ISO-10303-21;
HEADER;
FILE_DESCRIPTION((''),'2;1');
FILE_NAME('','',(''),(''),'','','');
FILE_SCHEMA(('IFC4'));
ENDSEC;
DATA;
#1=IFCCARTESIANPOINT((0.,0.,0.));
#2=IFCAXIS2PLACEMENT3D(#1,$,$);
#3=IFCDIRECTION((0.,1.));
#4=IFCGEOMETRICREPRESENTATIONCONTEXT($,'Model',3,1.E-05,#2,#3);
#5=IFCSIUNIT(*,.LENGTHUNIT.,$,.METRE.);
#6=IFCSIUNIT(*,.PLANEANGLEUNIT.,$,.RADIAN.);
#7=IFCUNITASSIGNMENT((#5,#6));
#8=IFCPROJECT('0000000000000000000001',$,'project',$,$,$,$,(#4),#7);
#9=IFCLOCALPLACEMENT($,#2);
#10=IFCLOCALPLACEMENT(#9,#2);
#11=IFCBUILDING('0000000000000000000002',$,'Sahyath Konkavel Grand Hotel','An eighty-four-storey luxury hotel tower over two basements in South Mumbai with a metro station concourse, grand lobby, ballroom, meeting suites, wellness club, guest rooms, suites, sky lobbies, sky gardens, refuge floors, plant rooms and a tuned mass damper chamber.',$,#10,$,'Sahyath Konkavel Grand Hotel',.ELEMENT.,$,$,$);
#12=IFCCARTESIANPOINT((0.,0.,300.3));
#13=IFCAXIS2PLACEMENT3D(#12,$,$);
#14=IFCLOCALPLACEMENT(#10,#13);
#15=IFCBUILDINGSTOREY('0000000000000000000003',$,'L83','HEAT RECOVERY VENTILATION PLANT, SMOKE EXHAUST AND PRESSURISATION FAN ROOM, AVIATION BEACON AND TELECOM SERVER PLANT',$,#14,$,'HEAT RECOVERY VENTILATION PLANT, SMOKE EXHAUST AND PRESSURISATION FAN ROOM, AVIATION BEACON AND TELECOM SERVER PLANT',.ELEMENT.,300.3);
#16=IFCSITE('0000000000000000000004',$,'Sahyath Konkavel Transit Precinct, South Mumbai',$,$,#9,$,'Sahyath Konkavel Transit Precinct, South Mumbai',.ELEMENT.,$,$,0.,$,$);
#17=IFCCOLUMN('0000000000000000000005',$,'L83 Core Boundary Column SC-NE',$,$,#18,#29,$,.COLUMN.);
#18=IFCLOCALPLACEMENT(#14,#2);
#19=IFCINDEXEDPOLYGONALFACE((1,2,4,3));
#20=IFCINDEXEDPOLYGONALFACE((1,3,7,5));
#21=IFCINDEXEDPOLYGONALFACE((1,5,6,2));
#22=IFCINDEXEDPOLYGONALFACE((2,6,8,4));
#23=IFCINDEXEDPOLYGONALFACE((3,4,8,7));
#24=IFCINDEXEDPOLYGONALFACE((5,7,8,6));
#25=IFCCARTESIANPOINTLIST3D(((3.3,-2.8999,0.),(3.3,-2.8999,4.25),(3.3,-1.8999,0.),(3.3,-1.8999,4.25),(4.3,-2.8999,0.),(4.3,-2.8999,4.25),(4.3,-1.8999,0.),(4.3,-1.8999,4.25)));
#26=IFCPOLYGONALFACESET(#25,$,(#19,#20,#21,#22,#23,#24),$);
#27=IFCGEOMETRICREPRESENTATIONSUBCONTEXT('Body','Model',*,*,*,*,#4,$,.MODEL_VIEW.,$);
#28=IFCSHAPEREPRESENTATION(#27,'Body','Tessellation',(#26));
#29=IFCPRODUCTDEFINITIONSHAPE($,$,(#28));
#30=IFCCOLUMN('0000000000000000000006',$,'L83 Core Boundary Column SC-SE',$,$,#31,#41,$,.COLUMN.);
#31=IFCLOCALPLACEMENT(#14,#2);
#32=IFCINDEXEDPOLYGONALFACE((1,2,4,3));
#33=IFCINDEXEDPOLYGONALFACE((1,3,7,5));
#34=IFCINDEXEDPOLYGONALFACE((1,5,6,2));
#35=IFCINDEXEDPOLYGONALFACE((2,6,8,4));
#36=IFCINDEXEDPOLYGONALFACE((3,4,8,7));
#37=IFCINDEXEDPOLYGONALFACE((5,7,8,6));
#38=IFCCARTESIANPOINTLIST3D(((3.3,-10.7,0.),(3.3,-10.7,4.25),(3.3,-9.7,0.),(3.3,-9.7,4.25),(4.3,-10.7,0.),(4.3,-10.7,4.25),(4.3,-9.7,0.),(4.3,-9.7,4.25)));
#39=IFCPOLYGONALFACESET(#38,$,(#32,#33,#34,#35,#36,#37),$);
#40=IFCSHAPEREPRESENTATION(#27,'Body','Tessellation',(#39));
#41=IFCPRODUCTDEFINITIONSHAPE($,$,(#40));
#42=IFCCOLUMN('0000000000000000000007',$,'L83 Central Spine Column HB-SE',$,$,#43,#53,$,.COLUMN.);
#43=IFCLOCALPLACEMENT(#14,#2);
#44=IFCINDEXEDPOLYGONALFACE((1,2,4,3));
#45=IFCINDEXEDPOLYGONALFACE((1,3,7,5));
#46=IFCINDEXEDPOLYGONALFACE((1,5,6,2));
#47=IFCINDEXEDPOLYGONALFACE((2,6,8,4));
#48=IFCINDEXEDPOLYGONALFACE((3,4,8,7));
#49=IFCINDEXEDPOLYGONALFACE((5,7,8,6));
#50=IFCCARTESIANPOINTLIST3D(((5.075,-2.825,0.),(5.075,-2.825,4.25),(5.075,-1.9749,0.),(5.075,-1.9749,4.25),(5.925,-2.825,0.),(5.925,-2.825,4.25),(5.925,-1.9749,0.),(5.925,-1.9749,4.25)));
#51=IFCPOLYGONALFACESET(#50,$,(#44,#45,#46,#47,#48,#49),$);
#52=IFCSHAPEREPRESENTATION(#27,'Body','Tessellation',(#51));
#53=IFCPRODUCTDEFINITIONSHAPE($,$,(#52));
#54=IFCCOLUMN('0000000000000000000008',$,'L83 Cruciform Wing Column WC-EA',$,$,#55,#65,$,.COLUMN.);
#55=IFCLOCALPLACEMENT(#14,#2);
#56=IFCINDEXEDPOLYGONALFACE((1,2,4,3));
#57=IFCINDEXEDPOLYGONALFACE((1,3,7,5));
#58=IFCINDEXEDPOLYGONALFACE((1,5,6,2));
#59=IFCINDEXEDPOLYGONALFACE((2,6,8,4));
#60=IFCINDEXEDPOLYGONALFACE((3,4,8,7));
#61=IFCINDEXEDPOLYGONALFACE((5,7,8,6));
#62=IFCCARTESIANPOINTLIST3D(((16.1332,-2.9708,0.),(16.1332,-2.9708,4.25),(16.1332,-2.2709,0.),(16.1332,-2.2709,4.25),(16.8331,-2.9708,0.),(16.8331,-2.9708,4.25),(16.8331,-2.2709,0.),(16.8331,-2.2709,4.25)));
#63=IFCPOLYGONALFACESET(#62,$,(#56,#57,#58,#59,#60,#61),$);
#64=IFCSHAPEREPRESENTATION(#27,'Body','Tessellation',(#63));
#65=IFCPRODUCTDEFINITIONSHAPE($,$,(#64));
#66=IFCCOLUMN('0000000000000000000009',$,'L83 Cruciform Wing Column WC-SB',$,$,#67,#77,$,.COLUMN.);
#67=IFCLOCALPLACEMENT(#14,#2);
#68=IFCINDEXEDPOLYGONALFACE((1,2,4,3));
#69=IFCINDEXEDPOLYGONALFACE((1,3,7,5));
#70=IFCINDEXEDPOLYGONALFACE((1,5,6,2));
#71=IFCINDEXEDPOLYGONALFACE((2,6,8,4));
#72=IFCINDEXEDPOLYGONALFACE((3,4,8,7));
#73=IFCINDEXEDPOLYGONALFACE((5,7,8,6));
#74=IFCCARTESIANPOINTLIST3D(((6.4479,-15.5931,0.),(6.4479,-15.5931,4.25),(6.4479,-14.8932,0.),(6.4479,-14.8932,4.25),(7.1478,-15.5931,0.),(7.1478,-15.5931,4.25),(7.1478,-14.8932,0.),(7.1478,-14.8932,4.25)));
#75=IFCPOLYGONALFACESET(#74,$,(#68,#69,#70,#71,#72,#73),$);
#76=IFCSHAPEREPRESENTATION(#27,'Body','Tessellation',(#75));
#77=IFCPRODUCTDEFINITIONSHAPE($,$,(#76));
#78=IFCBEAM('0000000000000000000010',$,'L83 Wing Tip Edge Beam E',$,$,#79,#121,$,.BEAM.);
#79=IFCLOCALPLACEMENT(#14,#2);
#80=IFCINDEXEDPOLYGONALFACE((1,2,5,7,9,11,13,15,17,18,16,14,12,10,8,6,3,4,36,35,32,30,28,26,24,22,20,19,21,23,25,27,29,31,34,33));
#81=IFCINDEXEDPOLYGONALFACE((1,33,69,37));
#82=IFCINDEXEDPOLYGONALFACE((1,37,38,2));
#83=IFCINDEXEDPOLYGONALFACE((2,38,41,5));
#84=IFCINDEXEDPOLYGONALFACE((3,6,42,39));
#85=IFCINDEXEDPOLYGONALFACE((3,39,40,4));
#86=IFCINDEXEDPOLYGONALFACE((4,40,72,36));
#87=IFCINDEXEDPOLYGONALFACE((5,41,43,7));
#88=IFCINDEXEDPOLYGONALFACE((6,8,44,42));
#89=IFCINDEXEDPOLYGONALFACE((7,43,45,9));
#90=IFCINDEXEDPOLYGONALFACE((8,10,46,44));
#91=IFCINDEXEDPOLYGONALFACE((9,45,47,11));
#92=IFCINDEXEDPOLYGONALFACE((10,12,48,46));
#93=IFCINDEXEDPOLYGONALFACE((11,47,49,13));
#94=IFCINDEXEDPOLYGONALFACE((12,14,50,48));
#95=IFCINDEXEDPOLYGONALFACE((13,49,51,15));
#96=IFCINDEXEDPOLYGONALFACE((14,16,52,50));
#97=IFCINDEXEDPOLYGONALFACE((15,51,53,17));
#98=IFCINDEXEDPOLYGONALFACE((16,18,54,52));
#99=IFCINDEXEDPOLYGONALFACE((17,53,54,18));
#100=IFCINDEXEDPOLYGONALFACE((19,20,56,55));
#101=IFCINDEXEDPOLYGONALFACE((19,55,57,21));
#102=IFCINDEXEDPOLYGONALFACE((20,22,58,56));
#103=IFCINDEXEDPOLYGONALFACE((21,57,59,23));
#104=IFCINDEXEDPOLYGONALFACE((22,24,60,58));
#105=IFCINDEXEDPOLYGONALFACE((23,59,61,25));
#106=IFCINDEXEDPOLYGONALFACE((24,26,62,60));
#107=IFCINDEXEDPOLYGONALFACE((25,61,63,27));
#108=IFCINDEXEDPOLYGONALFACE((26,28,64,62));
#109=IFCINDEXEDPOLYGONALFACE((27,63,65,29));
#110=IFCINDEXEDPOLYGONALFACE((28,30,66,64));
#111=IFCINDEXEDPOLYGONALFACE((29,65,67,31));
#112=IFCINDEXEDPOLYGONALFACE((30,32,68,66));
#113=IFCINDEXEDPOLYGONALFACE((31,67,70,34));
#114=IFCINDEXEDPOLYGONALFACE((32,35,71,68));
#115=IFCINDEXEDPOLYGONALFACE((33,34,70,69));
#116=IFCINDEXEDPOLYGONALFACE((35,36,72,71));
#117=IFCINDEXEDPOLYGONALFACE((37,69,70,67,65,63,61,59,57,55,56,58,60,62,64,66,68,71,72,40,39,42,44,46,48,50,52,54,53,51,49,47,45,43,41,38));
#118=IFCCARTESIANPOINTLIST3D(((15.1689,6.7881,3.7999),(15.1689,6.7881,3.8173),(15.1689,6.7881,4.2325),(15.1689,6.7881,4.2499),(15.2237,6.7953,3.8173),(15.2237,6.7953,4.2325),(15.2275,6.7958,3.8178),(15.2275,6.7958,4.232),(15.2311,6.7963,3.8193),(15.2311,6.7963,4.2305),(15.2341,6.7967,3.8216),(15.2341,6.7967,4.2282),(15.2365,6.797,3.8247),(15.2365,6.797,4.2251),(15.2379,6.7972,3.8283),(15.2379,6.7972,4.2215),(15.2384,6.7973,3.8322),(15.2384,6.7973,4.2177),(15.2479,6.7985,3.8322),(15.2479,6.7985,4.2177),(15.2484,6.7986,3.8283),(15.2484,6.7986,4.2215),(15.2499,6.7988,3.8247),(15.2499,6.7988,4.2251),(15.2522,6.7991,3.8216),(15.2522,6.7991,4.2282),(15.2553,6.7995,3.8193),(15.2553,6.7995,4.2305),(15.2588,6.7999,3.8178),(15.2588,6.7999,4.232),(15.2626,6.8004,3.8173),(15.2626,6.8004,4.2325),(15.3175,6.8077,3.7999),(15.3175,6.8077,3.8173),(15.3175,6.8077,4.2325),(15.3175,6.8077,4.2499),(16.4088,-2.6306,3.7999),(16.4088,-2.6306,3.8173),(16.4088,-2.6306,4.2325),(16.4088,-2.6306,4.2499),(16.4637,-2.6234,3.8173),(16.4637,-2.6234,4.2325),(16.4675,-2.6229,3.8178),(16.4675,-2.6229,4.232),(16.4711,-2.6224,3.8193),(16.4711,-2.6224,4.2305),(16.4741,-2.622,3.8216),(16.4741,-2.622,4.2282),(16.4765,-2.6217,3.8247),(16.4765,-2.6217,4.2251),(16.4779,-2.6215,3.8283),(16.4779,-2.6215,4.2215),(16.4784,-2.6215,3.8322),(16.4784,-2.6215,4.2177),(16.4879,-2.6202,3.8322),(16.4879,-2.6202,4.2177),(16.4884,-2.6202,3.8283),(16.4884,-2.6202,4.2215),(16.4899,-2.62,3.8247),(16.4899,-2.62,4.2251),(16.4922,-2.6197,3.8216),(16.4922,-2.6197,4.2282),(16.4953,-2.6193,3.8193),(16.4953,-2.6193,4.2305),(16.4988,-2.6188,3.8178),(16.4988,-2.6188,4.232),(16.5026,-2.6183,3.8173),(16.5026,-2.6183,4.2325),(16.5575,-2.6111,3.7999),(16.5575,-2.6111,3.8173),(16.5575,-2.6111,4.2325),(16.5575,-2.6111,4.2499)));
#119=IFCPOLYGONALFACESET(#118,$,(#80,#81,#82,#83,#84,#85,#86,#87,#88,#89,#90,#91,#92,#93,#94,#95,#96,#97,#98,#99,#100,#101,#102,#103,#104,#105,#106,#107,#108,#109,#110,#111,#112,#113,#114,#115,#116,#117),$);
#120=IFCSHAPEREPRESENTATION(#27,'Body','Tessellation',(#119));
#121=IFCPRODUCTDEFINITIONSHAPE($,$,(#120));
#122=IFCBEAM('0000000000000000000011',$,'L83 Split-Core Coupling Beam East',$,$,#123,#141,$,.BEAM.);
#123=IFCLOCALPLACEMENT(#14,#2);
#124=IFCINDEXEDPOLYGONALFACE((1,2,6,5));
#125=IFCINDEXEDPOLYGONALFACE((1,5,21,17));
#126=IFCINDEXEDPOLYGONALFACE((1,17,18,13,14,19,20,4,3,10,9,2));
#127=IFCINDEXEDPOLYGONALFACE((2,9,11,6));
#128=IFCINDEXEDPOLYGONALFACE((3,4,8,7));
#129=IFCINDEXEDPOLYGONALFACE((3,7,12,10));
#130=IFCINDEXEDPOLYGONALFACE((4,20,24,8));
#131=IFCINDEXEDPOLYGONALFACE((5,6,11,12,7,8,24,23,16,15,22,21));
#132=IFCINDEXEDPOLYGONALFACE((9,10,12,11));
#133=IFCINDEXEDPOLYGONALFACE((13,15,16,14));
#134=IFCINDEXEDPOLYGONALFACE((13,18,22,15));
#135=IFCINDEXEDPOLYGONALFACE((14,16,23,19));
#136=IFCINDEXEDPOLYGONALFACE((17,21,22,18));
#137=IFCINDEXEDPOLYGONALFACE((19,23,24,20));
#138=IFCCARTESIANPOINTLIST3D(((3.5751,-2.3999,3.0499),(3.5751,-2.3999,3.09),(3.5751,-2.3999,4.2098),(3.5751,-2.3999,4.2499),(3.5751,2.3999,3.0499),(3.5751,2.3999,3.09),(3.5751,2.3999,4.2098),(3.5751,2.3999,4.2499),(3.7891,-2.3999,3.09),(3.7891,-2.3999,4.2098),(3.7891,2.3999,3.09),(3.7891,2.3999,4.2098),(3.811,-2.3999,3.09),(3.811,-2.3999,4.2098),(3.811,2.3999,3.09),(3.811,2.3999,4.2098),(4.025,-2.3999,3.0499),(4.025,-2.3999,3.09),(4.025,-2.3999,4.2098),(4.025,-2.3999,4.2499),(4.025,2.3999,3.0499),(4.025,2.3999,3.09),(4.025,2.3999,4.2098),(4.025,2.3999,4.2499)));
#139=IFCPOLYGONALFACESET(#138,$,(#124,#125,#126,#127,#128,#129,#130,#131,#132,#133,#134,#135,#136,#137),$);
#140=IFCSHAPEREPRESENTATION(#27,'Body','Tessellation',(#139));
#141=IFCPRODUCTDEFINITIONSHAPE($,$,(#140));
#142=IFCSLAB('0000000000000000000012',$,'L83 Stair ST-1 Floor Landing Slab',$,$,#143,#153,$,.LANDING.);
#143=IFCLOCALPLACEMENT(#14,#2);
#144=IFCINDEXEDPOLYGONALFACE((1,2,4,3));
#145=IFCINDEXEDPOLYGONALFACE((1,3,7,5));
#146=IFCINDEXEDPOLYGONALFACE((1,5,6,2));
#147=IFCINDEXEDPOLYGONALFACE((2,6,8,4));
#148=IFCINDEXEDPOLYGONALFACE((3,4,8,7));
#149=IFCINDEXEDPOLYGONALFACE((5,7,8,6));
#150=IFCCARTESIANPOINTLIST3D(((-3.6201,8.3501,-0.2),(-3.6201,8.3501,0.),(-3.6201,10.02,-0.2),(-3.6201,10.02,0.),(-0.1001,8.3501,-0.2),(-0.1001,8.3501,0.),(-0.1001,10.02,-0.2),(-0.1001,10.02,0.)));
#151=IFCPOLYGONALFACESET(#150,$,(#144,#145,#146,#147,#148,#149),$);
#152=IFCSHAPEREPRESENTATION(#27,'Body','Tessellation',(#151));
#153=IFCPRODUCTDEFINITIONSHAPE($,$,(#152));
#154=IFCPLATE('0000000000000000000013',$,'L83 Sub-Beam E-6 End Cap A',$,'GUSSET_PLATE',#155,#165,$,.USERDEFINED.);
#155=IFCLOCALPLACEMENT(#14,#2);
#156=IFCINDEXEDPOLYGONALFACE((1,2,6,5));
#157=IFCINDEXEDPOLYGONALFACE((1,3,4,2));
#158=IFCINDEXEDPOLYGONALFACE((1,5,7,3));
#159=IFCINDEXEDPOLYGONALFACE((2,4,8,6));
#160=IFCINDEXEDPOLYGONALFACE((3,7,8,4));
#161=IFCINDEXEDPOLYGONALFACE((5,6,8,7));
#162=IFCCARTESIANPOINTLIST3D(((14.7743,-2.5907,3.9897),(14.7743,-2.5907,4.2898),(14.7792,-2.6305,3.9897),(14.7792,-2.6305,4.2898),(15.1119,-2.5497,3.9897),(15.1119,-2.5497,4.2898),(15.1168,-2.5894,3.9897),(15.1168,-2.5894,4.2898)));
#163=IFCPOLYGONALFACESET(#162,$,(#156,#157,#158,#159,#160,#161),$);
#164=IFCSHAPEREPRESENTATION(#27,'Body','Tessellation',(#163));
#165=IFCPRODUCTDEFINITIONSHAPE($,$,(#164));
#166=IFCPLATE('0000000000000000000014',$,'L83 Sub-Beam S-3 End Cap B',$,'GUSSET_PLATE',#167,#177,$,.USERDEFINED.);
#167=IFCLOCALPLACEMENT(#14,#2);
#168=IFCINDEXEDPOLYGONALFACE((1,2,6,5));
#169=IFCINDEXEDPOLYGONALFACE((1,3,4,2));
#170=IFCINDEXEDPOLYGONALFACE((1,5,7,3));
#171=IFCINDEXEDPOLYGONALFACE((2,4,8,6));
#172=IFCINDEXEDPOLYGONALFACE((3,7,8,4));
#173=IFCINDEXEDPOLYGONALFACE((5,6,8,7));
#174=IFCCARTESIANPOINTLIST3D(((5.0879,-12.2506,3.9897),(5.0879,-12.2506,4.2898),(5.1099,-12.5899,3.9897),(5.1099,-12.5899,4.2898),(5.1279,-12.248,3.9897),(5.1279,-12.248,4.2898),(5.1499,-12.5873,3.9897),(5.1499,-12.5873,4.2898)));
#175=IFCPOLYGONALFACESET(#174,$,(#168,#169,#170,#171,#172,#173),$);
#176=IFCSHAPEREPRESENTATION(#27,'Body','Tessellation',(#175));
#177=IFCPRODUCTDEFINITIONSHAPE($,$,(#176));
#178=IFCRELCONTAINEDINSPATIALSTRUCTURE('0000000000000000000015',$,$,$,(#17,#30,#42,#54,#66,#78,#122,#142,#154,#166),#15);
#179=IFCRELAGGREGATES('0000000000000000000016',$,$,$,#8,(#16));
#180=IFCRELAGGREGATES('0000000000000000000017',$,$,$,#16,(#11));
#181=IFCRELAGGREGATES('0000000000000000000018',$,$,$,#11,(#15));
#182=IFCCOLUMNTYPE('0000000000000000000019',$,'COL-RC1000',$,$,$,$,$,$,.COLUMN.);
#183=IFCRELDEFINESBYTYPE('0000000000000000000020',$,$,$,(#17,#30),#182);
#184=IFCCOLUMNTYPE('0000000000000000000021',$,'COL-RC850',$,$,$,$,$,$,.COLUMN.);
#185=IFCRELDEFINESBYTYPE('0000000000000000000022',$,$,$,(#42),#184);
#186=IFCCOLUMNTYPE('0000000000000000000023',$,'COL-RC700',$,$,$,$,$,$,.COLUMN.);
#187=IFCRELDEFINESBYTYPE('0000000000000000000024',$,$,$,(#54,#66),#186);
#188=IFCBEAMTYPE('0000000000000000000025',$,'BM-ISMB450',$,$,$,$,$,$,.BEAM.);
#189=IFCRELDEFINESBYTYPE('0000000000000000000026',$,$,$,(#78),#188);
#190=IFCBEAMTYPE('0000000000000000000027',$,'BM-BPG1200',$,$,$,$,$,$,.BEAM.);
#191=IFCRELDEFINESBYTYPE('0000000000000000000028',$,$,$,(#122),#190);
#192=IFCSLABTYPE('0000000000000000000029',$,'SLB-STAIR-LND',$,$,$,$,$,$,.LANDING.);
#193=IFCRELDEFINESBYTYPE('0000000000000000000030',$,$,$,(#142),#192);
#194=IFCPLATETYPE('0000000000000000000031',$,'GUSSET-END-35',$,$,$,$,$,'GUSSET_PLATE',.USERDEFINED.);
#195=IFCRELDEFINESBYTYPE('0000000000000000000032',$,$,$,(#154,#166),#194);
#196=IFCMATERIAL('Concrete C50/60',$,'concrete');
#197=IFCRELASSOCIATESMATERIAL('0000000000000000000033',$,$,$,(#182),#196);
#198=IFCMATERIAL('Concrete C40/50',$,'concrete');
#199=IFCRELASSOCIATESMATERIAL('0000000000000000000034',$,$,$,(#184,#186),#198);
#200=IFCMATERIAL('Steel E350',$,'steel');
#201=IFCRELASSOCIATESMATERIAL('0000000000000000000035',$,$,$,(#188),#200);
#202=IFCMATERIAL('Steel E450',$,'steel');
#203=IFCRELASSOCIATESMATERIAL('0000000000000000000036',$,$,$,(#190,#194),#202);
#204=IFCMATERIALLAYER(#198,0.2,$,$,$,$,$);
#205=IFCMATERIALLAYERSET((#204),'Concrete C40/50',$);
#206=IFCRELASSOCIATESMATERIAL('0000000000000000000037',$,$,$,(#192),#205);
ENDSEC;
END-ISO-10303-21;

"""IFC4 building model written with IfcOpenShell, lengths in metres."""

from ifc_helpers import new_model, si_unit, direction, frame, origin, origin_2d, place, context, subcontext, project, spatial, polyline, rectangle, i_section, outline, extrude, source, transform, mapped, material, layer, layer_set, material_profile, profile_set, type_object, element, save


model = new_model("IFC4")

# Units and contexts
model_context = context("Model", 3, precision=1e-05, world=origin(), true_north=direction((0.0, 1.0)))
body_context = subcontext(model_context, "Body", "Model", "MODEL_VIEW")
ifc_project = project(units=[si_unit("LENGTHUNIT", "METRE"), si_unit("PLANEANGLEUNIT", "RADIAN")], contexts=[model_context])

# Site, building, storey
site_placement = place(None, origin())
site = spatial("IfcSite", under=ifc_project, at=site_placement, Name="Sahyath Konkavel Transit Precinct, South Mumbai", LongName="Sahyath Konkavel Transit Precinct, South Mumbai", CompositionType="ELEMENT", RefElevation=0.0)
building_placement = place(site_placement, origin())
building = spatial("IfcBuilding", under=site, at=building_placement, Name="Sahyath Konkavel Grand Hotel", Description="An eighty-four-storey luxury hotel tower over two basements in South Mumbai with a metro station concourse, grand lobby, ballroom, meeting suites, wellness club, guest rooms, suites, sky lobbies, sky gardens, refuge floors, plant rooms and a tuned mass damper chamber.", LongName="Sahyath Konkavel Grand Hotel", CompositionType="ELEMENT")
storey_placement = place(building_placement, frame((0.0, 0.0, 300.3)))
storey = spatial("IfcBuildingStorey", under=building, at=storey_placement, Name="L83", Description="HEAT RECOVERY VENTILATION PLANT, SMOKE EXHAUST AND PRESSURISATION FAN ROOM, AVIATION BEACON AND TELECOM SERVER PLANT", LongName="HEAT RECOVERY VENTILATION PLANT, SMOKE EXHAUST AND PRESSURISATION FAN ROOM, AVIATION BEACON AND TELECOM SERVER PLANT", CompositionType="ELEMENT", Elevation=300.3)

# Columns
ifc_material_1 = material(Name="Concrete C50/60", Category="concrete")
ifc_material_profile_1 = material_profile(ifc_material_1, rectangle(XDim=1.0, YDim=1.0, at=origin_2d()), Name="RC 1000x1000")
ifc_profile_set_1 = profile_set([ifc_material_profile_1], Name="Concrete C50/60")
column_type_1 = type_object("IfcColumnType", Name="COL-RC1000", PredefinedType="COLUMN", material=ifc_profile_set_1)
shared_shape_1 = source(origin(), body_context, "Body", "SweptSolid", [
    extrude(rectangle(XDim=1.0, YDim=1.0, at=origin_2d()), origin(), (0.0, 0.0, 1.0), 4.25),
])
for number, where, z_axis, x_axis, name in (
    (1, (3.8, -2.3999, 0.0), (0.0, 0.0, 1.0), (1.0, 0.0, 0.0), "L83 Core Boundary Column SC-NE"),
    (2, (3.8, -10.2, 0.0), (0.0, 0.0, 1.0), (1.0, 0.0, 0.0), "L83 Core Boundary Column SC-SE"),
):
    element("IfcColumn", number, at=place(storey_placement, frame(where, z_axis=z_axis, x_axis=x_axis)), inside=storey, type_object=column_type_1, Name=name, PredefinedType="COLUMN", context=body_context, shape_type="MappedRepresentation", body=[
        mapped(shared_shape_1, transform((0.0, 0.0, 0.0), scale=1.0)),
    ])
ifc_material_2 = material(Name="Concrete C40/50", Category="concrete")
ifc_material_profile_2 = material_profile(ifc_material_2, rectangle(XDim=0.8501, YDim=0.8501, at=origin_2d()), Name="RC 850x850")
ifc_profile_set_2 = profile_set([ifc_material_profile_2], Name="Concrete C40/50")
column_type_2 = type_object("IfcColumnType", Name="COL-RC850", PredefinedType="COLUMN", material=ifc_profile_set_2)
shared_shape_2 = source(origin(), body_context, "Body", "SweptSolid", [
    extrude(rectangle(XDim=0.8501, YDim=0.8501, at=origin_2d()), origin(), (0.0, 0.0, 1.0), 4.25),
])
column_placement = place(storey_placement, frame((5.5, -2.3999, 0.0), z_axis=(0.0, 0.0, 1.0), x_axis=(1.0, 0.0, 0.0)))
element("IfcColumn", 3, at=column_placement, inside=storey, type_object=column_type_2, Name="L83 Central Spine Column HB-SE", PredefinedType="COLUMN", context=body_context, shape_type="MappedRepresentation", body=[
    mapped(shared_shape_2, transform((0.0, 0.0, 0.0), scale=1.0)),
])
ifc_material_profile_3 = material_profile(ifc_material_2, rectangle(XDim=0.7, YDim=0.7, at=origin_2d()), Name="RC 700x700")
ifc_profile_set_3 = profile_set([ifc_material_profile_3], Name="Concrete C40/50")
column_type_3 = type_object("IfcColumnType", Name="COL-RC700", PredefinedType="COLUMN", material=ifc_profile_set_3)
shared_shape_3 = source(origin(), body_context, "Body", "SweptSolid", [
    extrude(rectangle(XDim=0.7, YDim=0.7, at=origin_2d()), origin(), (0.0, 0.0, 1.0), 4.25),
])
for number, where, z_axis, x_axis, name in (
    (4, (16.4832, -2.6208, 0.0), (0.0, 0.0, 1.0), (1.0, 0.0, 0.0), "L83 Cruciform Wing Column WC-EA"),
    (5, (6.7979, -15.2432, 0.0), (0.0, 0.0, 1.0), (1.0, 0.0, 0.0), "L83 Cruciform Wing Column WC-SB"),
):
    element("IfcColumn", number, at=place(storey_placement, frame(where, z_axis=z_axis, x_axis=x_axis)), inside=storey, type_object=column_type_3, Name=name, PredefinedType="COLUMN", context=body_context, shape_type="MappedRepresentation", body=[
        mapped(shared_shape_3, transform((0.0, 0.0, 0.0), scale=1.0)),
    ])

# Beams
ifc_material_3 = material(Name="Steel E350", Category="steel")
ifc_material_profile_4 = material_profile(ifc_material_3, i_section(OverallWidth=0.1499, OverallDepth=0.45, WebThickness=0.0095, FlangeThickness=0.0173, FilletRadius=0.0149, at=origin_2d()), Name="ISMB 450")
ifc_profile_set_4 = profile_set([ifc_material_profile_4], Name="Steel E350")
beam_type_1 = type_object("IfcBeamType", Name="BM-ISMB450", PredefinedType="BEAM", material=ifc_profile_set_4)
shared_shape_4 = source(origin(), body_context, "Body", "SweptSolid", [
    extrude(i_section(OverallWidth=0.1499, OverallDepth=0.45, WebThickness=0.0095, FlangeThickness=0.0173, FilletRadius=0.0149, at=origin_2d()), origin(), (0.0, 0.0, 1.0), 9.5),
])
beam_1_placement = place(storey_placement, frame((16.4832, -2.6208, 4.0249), z_axis=(-0.130526, 0.991445, 0.0), x_axis=(-0.991445, -0.130526, 0.0)))
element("IfcBeam", 6, at=beam_1_placement, inside=storey, type_object=beam_type_1, Name="L83 Wing Tip Edge Beam E", PredefinedType="BEAM", context=body_context, shape_type="MappedRepresentation", body=[
    mapped(shared_shape_4, transform((0.0, 0.0, 0.0), scale=1.0)),
])
ifc_material_4 = material(Name="Steel E450", Category="steel")
ifc_material_profile_5 = material_profile(ifc_material_4, i_section(OverallWidth=0.45, OverallDepth=1.2, WebThickness=0.022, FlangeThickness=0.04, at=origin_2d()), Name="BPG 1200x450")
ifc_profile_set_5 = profile_set([ifc_material_profile_5], Name="Steel E450")
beam_type_2 = type_object("IfcBeamType", Name="BM-BPG1200", PredefinedType="BEAM", material=ifc_profile_set_5)
shared_shape_5 = source(origin(), body_context, "Body", "SweptSolid", [
    extrude(i_section(OverallWidth=0.45, OverallDepth=1.2, WebThickness=0.022, FlangeThickness=0.04, at=origin_2d()), origin(), (0.0, 0.0, 1.0), 4.7998),
])
beam_2_placement = place(storey_placement, frame((3.8, -2.3999, 3.6499), z_axis=(0.0, 1.0, 0.0), x_axis=(-1.0, 0.0, 0.0)))
element("IfcBeam", 7, at=beam_2_placement, inside=storey, type_object=beam_type_2, Name="L83 Split-Core Coupling Beam East", PredefinedType="BEAM", context=body_context, shape_type="MappedRepresentation", body=[
    mapped(shared_shape_5, transform((0.0, 0.0, 0.0), scale=1.0)),
])

# Slab
ifc_layer_1 = layer(ifc_material_2, 0.2)
ifc_layer_set_1 = layer_set([ifc_layer_1], Name="Concrete C40/50")
slab_type = type_object("IfcSlabType", Name="SLB-STAIR-LND", PredefinedType="LANDING", material=ifc_layer_set_1)
slab_placement = place(storey_placement, frame((0.0, 0.0, -0.2)))
element("IfcSlab", 8, at=slab_placement, inside=storey, type_object=slab_type, Name="L83 Stair ST-1 Floor Landing Slab", PredefinedType="LANDING", context=body_context, shape_type="SweptSolid", body=[
    extrude(outline(polyline([(-3.6201, 8.3501), (-0.1001, 8.3501), (-0.1001, 10.02), (-3.6201, 10.02), (-3.6201, 8.3501)])), origin(), (0.0, 0.0, 1.0), 0.2),
])

# Plates
plate_type = type_object("IfcPlateType", Name="GUSSET-END-35", ElementType="GUSSET_PLATE", PredefinedType="USERDEFINED", material=ifc_material_4)
shared_shape_6 = source(origin(), body_context, "Body", "SweptSolid", [
    extrude(rectangle(XDim=0.04, YDim=0.3401, at=origin_2d()), origin(), (0.0, 0.0, 1.0), 0.3),
])
for number, where, z_axis, x_axis, name in (
    (9, (14.9456, -2.5901, 3.9897), (0.0, 0.0, 1.0), (-0.120674, 0.992692, 0.0), "L83 Sub-Beam E-6 End Cap A"),
    (10, (5.1189, -12.4189, 3.9897), (0.0, 0.0, 1.0), (0.997898, 0.064811, 0.0), "L83 Sub-Beam S-3 End Cap B"),
):
    element("IfcPlate", number, at=place(storey_placement, frame(where, z_axis=z_axis, x_axis=x_axis)), inside=storey, type_object=plate_type, Name=name, ObjectType="GUSSET_PLATE", PredefinedType="USERDEFINED", context=body_context, shape_type="MappedRepresentation", body=[
        mapped(shared_shape_6, transform((0.0, 0.0, 0.0), scale=1.0)),
    ])

save(model, "model.ifc")
